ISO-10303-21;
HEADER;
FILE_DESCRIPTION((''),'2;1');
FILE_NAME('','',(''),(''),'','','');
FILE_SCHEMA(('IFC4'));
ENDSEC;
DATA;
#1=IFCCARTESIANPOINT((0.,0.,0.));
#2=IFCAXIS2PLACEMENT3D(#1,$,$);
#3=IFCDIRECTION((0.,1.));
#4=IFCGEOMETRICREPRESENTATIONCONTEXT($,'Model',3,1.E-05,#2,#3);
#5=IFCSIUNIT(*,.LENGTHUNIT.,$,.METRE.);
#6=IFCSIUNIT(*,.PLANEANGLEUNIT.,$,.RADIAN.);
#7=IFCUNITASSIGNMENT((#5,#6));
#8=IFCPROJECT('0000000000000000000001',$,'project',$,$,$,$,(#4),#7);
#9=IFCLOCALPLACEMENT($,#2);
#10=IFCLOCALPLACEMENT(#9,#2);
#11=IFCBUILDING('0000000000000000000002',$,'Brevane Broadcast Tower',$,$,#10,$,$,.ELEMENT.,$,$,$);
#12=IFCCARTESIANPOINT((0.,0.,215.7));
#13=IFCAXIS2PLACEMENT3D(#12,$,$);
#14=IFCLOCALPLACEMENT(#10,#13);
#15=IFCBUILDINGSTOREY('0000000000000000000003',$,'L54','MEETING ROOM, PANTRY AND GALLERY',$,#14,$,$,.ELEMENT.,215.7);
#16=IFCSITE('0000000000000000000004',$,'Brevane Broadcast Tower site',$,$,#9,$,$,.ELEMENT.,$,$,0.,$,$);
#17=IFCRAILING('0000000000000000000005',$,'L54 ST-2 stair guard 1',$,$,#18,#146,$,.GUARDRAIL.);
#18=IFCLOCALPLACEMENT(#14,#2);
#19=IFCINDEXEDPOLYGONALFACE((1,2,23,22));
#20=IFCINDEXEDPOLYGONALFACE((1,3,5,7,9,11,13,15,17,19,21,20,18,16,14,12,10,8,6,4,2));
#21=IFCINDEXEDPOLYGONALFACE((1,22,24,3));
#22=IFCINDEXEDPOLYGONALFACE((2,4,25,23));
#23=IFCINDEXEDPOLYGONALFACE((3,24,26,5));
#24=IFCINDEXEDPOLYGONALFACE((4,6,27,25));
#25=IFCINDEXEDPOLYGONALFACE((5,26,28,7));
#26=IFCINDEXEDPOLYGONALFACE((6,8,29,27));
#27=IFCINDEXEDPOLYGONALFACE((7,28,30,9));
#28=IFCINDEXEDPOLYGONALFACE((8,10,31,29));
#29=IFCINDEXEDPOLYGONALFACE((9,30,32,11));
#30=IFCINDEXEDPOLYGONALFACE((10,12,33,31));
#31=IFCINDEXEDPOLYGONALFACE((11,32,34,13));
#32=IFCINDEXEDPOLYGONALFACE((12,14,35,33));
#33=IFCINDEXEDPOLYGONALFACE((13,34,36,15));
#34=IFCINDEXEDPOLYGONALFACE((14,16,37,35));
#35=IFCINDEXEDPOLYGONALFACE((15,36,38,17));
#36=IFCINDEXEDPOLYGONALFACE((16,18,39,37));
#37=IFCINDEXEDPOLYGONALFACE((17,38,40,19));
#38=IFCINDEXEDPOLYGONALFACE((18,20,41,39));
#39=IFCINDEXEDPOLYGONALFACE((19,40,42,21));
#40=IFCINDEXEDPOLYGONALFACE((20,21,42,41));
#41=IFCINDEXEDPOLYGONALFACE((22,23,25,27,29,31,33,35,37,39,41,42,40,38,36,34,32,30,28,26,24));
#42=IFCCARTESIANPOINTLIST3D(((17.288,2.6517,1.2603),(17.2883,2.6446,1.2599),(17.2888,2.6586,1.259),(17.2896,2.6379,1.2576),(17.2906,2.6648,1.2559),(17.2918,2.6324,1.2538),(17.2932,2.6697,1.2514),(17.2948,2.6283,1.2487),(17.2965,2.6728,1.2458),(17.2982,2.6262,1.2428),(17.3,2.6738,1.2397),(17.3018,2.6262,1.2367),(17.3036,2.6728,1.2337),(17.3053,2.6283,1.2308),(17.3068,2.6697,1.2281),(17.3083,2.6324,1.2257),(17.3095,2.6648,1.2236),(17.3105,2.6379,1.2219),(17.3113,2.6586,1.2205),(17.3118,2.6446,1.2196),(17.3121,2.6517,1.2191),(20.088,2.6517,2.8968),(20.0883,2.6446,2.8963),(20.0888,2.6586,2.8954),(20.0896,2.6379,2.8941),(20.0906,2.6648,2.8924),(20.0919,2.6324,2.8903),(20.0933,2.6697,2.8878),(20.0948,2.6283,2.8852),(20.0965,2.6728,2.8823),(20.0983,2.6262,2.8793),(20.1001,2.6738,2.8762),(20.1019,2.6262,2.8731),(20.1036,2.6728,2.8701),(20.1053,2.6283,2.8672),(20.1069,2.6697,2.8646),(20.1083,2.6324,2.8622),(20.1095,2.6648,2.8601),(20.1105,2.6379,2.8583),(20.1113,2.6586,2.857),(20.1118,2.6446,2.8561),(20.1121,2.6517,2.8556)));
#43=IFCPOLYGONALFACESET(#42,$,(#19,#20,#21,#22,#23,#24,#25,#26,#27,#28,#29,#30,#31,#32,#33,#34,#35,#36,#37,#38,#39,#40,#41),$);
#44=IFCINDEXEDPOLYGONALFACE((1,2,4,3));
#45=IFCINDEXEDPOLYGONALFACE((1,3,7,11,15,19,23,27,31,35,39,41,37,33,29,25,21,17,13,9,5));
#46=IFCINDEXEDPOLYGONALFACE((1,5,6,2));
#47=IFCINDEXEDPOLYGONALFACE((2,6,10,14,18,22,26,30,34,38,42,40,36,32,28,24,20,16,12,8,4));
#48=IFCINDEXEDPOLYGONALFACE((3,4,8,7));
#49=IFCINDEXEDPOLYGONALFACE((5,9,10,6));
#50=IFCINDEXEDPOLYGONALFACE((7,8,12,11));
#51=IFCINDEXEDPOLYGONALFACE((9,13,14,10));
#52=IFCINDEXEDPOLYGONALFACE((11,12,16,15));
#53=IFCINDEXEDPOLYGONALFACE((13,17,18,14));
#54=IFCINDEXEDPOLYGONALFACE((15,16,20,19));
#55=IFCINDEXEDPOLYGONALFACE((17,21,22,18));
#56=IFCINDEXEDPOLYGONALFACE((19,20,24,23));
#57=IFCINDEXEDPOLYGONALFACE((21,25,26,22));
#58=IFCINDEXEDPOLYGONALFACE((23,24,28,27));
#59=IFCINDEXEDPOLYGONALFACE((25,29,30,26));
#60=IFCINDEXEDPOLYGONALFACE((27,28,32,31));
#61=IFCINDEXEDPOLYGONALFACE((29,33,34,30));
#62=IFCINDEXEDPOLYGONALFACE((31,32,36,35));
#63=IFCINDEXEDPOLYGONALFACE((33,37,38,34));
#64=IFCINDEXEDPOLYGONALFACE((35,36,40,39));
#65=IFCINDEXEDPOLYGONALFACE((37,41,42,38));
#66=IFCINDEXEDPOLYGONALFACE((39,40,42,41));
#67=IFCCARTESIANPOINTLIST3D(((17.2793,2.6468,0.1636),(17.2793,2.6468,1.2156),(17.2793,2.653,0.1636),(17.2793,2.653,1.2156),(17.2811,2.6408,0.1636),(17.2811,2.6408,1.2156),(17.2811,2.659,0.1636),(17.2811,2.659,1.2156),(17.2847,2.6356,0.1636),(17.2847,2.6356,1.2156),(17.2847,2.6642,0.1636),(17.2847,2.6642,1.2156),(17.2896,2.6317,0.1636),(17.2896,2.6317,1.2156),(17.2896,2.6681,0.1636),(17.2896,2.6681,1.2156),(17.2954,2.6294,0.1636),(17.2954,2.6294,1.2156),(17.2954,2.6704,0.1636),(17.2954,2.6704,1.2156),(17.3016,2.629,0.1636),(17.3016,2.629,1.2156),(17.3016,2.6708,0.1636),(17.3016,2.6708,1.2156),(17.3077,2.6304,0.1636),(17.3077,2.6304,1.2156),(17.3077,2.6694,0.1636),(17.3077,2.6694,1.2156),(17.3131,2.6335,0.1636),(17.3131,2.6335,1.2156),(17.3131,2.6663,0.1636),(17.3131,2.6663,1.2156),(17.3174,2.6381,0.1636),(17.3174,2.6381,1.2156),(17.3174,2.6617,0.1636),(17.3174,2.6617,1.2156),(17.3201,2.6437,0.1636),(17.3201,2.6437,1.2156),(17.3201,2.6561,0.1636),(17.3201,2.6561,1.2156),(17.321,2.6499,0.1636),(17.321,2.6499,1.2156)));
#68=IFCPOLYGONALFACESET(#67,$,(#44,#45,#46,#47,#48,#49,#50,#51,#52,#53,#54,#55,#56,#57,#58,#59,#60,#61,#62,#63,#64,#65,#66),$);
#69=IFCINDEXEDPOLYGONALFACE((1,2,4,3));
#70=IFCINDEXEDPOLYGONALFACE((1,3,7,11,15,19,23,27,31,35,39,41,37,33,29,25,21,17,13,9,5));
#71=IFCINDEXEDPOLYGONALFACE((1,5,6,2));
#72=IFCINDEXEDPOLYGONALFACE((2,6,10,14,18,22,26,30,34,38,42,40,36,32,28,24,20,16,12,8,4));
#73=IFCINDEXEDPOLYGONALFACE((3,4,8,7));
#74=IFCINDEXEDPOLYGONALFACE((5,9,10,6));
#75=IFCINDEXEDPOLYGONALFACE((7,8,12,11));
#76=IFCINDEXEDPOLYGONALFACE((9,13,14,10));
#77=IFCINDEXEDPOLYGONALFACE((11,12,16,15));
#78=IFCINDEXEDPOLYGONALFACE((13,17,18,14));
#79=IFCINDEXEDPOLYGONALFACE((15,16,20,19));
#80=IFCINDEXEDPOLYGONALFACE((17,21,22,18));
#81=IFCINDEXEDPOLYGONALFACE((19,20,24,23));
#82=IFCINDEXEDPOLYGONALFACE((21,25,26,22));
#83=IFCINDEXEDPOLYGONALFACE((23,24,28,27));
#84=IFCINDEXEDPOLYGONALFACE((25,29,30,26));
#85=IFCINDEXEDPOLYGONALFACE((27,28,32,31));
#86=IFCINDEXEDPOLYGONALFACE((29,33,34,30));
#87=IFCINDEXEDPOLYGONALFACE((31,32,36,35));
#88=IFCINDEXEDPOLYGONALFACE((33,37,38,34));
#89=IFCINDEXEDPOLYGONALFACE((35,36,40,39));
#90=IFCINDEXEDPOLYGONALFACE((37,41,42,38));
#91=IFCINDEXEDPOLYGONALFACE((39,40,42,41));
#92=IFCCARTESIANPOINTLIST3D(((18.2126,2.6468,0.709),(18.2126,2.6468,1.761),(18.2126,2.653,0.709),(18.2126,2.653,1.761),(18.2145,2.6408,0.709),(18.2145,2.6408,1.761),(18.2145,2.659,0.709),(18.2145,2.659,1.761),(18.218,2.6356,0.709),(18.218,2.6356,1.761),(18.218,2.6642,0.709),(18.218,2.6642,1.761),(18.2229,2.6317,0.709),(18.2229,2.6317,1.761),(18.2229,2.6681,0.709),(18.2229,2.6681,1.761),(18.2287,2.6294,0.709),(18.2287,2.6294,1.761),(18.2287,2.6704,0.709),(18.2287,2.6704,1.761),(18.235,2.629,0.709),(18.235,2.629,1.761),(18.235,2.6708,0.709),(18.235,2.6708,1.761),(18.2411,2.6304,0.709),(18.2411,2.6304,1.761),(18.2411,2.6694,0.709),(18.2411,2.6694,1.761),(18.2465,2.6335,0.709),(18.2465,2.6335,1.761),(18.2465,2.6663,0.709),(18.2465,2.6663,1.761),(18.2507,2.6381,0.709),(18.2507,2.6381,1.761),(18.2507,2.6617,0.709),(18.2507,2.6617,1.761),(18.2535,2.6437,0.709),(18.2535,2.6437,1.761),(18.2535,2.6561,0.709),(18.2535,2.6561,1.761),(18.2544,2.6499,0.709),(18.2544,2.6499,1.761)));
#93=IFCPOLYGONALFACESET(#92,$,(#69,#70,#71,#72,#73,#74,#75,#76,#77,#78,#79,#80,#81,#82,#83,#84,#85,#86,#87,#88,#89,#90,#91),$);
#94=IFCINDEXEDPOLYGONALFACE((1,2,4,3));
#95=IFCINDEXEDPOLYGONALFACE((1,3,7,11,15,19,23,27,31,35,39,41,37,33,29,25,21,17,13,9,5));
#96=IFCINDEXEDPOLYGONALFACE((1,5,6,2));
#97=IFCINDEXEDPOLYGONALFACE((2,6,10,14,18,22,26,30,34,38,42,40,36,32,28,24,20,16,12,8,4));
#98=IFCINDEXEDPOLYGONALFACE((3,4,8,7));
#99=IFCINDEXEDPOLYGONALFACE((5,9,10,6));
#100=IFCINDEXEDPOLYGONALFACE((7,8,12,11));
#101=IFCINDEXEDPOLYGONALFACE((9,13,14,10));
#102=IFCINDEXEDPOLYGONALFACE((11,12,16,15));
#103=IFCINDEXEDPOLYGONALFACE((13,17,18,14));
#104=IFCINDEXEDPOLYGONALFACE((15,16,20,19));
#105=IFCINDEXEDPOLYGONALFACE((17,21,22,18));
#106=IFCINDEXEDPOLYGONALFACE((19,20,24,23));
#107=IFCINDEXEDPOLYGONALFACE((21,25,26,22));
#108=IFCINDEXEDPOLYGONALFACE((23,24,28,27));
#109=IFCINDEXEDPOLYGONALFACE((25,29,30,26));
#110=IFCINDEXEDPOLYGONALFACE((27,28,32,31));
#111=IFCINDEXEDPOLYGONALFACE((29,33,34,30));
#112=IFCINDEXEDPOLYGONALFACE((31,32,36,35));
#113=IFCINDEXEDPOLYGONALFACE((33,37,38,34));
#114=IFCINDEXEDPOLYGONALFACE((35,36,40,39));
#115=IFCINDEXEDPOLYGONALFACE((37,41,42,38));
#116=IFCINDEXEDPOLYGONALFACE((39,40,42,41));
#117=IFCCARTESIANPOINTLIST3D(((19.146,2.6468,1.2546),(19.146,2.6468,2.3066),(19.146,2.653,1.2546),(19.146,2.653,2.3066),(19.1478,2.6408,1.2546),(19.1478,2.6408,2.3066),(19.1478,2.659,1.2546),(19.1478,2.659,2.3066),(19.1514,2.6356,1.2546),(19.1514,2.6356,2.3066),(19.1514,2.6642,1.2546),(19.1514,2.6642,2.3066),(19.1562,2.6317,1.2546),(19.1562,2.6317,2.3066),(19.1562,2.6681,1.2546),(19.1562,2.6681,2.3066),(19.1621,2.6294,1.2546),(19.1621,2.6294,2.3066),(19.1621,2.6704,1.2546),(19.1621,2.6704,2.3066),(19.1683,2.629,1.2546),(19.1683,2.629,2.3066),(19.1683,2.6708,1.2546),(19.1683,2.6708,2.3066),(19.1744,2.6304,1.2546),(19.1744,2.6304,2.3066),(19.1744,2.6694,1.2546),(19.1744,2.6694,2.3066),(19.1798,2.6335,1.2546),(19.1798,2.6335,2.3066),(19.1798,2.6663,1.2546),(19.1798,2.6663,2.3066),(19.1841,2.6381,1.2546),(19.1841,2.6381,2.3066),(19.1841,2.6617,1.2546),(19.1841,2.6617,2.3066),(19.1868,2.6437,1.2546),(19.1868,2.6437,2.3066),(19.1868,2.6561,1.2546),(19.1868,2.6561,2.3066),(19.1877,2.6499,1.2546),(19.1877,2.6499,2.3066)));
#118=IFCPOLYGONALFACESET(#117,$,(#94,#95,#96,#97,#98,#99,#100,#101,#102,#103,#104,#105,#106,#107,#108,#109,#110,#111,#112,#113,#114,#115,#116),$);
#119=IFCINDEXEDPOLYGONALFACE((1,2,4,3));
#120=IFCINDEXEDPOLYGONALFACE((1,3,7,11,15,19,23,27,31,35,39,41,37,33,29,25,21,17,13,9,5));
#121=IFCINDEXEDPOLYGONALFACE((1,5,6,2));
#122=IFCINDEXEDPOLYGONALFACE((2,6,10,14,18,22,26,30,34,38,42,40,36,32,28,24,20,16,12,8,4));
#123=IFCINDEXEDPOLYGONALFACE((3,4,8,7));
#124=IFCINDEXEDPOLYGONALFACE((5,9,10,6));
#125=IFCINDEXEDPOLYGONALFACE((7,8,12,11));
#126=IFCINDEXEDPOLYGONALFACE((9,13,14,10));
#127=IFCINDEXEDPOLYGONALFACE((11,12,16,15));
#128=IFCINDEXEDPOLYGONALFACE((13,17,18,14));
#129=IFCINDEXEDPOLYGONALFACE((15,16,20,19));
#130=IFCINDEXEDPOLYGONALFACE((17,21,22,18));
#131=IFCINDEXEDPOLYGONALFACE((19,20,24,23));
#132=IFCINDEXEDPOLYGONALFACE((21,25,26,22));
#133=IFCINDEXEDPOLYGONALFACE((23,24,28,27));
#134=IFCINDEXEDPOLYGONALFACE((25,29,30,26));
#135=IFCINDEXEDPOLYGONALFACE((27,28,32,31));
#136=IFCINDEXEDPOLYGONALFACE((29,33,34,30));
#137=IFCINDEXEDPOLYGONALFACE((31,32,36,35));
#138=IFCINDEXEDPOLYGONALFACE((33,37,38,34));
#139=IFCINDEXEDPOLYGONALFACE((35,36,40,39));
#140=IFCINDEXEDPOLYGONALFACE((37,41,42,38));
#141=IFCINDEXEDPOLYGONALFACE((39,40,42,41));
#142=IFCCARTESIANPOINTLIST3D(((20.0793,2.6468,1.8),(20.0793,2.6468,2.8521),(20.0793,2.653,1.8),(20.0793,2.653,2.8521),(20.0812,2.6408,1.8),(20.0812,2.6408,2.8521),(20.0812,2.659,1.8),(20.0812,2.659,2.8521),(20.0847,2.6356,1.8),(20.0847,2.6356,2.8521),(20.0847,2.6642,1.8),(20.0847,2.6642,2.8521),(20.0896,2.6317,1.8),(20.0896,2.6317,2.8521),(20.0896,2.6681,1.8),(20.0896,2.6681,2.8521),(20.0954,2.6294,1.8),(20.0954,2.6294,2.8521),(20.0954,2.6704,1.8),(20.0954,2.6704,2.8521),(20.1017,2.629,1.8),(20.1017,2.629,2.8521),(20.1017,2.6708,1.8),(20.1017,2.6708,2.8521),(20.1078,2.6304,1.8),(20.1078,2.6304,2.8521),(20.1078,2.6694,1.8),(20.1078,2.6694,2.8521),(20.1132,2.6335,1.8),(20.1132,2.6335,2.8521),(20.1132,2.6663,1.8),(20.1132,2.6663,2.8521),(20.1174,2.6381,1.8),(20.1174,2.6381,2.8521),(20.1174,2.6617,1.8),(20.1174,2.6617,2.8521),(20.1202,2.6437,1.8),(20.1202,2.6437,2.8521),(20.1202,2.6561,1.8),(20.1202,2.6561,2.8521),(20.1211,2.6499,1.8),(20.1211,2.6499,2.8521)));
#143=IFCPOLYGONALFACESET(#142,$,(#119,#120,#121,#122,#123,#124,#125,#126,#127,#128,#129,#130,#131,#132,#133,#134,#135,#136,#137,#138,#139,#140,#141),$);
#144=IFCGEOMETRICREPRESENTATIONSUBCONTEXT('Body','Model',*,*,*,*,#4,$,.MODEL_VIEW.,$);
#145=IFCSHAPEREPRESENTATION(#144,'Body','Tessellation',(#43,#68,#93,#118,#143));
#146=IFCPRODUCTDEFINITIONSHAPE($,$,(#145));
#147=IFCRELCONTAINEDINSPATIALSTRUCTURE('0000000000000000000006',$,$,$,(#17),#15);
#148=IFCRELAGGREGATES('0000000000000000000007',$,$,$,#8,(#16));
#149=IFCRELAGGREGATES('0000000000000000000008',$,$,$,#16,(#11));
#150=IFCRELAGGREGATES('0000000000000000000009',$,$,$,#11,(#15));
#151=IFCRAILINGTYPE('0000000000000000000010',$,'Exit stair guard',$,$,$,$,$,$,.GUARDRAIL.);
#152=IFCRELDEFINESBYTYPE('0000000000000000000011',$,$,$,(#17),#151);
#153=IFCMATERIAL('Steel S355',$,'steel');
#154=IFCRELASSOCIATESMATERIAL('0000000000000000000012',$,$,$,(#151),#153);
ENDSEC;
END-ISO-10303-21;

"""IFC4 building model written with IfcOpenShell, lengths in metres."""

from ifc_helpers import new_model, si_unit, direction, frame, origin, origin_2d, place, context, subcontext, project, spatial, circle, extrude, material, type_object, element, save


model = new_model("IFC4")

# Units and contexts
model_context = context("Model", 3, precision=1e-05, world=origin(), true_north=direction((0.0, 1.0)))
body_context = subcontext(model_context, "Body", "Model", "MODEL_VIEW")
ifc_project = project(units=[si_unit("LENGTHUNIT", "METRE"), si_unit("PLANEANGLEUNIT", "RADIAN")], contexts=[model_context])

# Site, building, storey
site_placement = place(None, origin())
site = spatial("IfcSite", under=ifc_project, at=site_placement, Name="Brevane Broadcast Tower site", CompositionType="ELEMENT", RefElevation=0.0)
building_placement = place(site_placement, origin())
building = spatial("IfcBuilding", under=site, at=building_placement, Name="Brevane Broadcast Tower", CompositionType="ELEMENT")
storey_placement = place(building_placement, frame((0.0, 0.0, 215.7)))
storey = spatial("IfcBuildingStorey", under=building, at=storey_placement, Name="L54", Description="MEETING ROOM, PANTRY AND GALLERY", CompositionType="ELEMENT", Elevation=215.7)

# Railing
ifc_material_1 = material(Name="Steel S355", Category="steel")
railing_type_1 = type_object("IfcRailingType", Name="Exit stair guard", PredefinedType="GUARDRAIL", material=ifc_material_1)
railing_1_placement = place(storey_placement, frame((17.3, 2.6499, 0.1636)))
element("IfcRailing", 1, at=railing_1_placement, inside=storey, type_object=railing_type_1, Name="L54 ST-2 stair guard 1", PredefinedType="GUARDRAIL", context=body_context, shape_type="SweptSolid", body=[
    extrude(circle(Radius=0.0239, at=origin_2d()), frame((0.0, 0.0, 1.0762), z_axis=(0.863361, 0.0, 0.504587), x_axis=(0.0, 1.0, 0.0)), (0.0, 0.0, 1.0), 3.2432),
    extrude(circle(Radius=0.021, at=origin_2d()), origin(), (0.0, 0.0, 1.0), 1.052),
    extrude(circle(Radius=0.021, at=origin_2d()), frame((0.9333, 0.0, 0.5454)), (0.0, 0.0, 1.0), 1.052),
    extrude(circle(Radius=0.021, at=origin_2d()), frame((1.8667, 0.0, 1.0911)), (0.0, 0.0, 1.0), 1.052),
    extrude(circle(Radius=0.021, at=origin_2d()), frame((2.8, 0.0, 1.6365)), (0.0, 0.0, 1.0), 1.052),
])

save(model, "model.ifc")
